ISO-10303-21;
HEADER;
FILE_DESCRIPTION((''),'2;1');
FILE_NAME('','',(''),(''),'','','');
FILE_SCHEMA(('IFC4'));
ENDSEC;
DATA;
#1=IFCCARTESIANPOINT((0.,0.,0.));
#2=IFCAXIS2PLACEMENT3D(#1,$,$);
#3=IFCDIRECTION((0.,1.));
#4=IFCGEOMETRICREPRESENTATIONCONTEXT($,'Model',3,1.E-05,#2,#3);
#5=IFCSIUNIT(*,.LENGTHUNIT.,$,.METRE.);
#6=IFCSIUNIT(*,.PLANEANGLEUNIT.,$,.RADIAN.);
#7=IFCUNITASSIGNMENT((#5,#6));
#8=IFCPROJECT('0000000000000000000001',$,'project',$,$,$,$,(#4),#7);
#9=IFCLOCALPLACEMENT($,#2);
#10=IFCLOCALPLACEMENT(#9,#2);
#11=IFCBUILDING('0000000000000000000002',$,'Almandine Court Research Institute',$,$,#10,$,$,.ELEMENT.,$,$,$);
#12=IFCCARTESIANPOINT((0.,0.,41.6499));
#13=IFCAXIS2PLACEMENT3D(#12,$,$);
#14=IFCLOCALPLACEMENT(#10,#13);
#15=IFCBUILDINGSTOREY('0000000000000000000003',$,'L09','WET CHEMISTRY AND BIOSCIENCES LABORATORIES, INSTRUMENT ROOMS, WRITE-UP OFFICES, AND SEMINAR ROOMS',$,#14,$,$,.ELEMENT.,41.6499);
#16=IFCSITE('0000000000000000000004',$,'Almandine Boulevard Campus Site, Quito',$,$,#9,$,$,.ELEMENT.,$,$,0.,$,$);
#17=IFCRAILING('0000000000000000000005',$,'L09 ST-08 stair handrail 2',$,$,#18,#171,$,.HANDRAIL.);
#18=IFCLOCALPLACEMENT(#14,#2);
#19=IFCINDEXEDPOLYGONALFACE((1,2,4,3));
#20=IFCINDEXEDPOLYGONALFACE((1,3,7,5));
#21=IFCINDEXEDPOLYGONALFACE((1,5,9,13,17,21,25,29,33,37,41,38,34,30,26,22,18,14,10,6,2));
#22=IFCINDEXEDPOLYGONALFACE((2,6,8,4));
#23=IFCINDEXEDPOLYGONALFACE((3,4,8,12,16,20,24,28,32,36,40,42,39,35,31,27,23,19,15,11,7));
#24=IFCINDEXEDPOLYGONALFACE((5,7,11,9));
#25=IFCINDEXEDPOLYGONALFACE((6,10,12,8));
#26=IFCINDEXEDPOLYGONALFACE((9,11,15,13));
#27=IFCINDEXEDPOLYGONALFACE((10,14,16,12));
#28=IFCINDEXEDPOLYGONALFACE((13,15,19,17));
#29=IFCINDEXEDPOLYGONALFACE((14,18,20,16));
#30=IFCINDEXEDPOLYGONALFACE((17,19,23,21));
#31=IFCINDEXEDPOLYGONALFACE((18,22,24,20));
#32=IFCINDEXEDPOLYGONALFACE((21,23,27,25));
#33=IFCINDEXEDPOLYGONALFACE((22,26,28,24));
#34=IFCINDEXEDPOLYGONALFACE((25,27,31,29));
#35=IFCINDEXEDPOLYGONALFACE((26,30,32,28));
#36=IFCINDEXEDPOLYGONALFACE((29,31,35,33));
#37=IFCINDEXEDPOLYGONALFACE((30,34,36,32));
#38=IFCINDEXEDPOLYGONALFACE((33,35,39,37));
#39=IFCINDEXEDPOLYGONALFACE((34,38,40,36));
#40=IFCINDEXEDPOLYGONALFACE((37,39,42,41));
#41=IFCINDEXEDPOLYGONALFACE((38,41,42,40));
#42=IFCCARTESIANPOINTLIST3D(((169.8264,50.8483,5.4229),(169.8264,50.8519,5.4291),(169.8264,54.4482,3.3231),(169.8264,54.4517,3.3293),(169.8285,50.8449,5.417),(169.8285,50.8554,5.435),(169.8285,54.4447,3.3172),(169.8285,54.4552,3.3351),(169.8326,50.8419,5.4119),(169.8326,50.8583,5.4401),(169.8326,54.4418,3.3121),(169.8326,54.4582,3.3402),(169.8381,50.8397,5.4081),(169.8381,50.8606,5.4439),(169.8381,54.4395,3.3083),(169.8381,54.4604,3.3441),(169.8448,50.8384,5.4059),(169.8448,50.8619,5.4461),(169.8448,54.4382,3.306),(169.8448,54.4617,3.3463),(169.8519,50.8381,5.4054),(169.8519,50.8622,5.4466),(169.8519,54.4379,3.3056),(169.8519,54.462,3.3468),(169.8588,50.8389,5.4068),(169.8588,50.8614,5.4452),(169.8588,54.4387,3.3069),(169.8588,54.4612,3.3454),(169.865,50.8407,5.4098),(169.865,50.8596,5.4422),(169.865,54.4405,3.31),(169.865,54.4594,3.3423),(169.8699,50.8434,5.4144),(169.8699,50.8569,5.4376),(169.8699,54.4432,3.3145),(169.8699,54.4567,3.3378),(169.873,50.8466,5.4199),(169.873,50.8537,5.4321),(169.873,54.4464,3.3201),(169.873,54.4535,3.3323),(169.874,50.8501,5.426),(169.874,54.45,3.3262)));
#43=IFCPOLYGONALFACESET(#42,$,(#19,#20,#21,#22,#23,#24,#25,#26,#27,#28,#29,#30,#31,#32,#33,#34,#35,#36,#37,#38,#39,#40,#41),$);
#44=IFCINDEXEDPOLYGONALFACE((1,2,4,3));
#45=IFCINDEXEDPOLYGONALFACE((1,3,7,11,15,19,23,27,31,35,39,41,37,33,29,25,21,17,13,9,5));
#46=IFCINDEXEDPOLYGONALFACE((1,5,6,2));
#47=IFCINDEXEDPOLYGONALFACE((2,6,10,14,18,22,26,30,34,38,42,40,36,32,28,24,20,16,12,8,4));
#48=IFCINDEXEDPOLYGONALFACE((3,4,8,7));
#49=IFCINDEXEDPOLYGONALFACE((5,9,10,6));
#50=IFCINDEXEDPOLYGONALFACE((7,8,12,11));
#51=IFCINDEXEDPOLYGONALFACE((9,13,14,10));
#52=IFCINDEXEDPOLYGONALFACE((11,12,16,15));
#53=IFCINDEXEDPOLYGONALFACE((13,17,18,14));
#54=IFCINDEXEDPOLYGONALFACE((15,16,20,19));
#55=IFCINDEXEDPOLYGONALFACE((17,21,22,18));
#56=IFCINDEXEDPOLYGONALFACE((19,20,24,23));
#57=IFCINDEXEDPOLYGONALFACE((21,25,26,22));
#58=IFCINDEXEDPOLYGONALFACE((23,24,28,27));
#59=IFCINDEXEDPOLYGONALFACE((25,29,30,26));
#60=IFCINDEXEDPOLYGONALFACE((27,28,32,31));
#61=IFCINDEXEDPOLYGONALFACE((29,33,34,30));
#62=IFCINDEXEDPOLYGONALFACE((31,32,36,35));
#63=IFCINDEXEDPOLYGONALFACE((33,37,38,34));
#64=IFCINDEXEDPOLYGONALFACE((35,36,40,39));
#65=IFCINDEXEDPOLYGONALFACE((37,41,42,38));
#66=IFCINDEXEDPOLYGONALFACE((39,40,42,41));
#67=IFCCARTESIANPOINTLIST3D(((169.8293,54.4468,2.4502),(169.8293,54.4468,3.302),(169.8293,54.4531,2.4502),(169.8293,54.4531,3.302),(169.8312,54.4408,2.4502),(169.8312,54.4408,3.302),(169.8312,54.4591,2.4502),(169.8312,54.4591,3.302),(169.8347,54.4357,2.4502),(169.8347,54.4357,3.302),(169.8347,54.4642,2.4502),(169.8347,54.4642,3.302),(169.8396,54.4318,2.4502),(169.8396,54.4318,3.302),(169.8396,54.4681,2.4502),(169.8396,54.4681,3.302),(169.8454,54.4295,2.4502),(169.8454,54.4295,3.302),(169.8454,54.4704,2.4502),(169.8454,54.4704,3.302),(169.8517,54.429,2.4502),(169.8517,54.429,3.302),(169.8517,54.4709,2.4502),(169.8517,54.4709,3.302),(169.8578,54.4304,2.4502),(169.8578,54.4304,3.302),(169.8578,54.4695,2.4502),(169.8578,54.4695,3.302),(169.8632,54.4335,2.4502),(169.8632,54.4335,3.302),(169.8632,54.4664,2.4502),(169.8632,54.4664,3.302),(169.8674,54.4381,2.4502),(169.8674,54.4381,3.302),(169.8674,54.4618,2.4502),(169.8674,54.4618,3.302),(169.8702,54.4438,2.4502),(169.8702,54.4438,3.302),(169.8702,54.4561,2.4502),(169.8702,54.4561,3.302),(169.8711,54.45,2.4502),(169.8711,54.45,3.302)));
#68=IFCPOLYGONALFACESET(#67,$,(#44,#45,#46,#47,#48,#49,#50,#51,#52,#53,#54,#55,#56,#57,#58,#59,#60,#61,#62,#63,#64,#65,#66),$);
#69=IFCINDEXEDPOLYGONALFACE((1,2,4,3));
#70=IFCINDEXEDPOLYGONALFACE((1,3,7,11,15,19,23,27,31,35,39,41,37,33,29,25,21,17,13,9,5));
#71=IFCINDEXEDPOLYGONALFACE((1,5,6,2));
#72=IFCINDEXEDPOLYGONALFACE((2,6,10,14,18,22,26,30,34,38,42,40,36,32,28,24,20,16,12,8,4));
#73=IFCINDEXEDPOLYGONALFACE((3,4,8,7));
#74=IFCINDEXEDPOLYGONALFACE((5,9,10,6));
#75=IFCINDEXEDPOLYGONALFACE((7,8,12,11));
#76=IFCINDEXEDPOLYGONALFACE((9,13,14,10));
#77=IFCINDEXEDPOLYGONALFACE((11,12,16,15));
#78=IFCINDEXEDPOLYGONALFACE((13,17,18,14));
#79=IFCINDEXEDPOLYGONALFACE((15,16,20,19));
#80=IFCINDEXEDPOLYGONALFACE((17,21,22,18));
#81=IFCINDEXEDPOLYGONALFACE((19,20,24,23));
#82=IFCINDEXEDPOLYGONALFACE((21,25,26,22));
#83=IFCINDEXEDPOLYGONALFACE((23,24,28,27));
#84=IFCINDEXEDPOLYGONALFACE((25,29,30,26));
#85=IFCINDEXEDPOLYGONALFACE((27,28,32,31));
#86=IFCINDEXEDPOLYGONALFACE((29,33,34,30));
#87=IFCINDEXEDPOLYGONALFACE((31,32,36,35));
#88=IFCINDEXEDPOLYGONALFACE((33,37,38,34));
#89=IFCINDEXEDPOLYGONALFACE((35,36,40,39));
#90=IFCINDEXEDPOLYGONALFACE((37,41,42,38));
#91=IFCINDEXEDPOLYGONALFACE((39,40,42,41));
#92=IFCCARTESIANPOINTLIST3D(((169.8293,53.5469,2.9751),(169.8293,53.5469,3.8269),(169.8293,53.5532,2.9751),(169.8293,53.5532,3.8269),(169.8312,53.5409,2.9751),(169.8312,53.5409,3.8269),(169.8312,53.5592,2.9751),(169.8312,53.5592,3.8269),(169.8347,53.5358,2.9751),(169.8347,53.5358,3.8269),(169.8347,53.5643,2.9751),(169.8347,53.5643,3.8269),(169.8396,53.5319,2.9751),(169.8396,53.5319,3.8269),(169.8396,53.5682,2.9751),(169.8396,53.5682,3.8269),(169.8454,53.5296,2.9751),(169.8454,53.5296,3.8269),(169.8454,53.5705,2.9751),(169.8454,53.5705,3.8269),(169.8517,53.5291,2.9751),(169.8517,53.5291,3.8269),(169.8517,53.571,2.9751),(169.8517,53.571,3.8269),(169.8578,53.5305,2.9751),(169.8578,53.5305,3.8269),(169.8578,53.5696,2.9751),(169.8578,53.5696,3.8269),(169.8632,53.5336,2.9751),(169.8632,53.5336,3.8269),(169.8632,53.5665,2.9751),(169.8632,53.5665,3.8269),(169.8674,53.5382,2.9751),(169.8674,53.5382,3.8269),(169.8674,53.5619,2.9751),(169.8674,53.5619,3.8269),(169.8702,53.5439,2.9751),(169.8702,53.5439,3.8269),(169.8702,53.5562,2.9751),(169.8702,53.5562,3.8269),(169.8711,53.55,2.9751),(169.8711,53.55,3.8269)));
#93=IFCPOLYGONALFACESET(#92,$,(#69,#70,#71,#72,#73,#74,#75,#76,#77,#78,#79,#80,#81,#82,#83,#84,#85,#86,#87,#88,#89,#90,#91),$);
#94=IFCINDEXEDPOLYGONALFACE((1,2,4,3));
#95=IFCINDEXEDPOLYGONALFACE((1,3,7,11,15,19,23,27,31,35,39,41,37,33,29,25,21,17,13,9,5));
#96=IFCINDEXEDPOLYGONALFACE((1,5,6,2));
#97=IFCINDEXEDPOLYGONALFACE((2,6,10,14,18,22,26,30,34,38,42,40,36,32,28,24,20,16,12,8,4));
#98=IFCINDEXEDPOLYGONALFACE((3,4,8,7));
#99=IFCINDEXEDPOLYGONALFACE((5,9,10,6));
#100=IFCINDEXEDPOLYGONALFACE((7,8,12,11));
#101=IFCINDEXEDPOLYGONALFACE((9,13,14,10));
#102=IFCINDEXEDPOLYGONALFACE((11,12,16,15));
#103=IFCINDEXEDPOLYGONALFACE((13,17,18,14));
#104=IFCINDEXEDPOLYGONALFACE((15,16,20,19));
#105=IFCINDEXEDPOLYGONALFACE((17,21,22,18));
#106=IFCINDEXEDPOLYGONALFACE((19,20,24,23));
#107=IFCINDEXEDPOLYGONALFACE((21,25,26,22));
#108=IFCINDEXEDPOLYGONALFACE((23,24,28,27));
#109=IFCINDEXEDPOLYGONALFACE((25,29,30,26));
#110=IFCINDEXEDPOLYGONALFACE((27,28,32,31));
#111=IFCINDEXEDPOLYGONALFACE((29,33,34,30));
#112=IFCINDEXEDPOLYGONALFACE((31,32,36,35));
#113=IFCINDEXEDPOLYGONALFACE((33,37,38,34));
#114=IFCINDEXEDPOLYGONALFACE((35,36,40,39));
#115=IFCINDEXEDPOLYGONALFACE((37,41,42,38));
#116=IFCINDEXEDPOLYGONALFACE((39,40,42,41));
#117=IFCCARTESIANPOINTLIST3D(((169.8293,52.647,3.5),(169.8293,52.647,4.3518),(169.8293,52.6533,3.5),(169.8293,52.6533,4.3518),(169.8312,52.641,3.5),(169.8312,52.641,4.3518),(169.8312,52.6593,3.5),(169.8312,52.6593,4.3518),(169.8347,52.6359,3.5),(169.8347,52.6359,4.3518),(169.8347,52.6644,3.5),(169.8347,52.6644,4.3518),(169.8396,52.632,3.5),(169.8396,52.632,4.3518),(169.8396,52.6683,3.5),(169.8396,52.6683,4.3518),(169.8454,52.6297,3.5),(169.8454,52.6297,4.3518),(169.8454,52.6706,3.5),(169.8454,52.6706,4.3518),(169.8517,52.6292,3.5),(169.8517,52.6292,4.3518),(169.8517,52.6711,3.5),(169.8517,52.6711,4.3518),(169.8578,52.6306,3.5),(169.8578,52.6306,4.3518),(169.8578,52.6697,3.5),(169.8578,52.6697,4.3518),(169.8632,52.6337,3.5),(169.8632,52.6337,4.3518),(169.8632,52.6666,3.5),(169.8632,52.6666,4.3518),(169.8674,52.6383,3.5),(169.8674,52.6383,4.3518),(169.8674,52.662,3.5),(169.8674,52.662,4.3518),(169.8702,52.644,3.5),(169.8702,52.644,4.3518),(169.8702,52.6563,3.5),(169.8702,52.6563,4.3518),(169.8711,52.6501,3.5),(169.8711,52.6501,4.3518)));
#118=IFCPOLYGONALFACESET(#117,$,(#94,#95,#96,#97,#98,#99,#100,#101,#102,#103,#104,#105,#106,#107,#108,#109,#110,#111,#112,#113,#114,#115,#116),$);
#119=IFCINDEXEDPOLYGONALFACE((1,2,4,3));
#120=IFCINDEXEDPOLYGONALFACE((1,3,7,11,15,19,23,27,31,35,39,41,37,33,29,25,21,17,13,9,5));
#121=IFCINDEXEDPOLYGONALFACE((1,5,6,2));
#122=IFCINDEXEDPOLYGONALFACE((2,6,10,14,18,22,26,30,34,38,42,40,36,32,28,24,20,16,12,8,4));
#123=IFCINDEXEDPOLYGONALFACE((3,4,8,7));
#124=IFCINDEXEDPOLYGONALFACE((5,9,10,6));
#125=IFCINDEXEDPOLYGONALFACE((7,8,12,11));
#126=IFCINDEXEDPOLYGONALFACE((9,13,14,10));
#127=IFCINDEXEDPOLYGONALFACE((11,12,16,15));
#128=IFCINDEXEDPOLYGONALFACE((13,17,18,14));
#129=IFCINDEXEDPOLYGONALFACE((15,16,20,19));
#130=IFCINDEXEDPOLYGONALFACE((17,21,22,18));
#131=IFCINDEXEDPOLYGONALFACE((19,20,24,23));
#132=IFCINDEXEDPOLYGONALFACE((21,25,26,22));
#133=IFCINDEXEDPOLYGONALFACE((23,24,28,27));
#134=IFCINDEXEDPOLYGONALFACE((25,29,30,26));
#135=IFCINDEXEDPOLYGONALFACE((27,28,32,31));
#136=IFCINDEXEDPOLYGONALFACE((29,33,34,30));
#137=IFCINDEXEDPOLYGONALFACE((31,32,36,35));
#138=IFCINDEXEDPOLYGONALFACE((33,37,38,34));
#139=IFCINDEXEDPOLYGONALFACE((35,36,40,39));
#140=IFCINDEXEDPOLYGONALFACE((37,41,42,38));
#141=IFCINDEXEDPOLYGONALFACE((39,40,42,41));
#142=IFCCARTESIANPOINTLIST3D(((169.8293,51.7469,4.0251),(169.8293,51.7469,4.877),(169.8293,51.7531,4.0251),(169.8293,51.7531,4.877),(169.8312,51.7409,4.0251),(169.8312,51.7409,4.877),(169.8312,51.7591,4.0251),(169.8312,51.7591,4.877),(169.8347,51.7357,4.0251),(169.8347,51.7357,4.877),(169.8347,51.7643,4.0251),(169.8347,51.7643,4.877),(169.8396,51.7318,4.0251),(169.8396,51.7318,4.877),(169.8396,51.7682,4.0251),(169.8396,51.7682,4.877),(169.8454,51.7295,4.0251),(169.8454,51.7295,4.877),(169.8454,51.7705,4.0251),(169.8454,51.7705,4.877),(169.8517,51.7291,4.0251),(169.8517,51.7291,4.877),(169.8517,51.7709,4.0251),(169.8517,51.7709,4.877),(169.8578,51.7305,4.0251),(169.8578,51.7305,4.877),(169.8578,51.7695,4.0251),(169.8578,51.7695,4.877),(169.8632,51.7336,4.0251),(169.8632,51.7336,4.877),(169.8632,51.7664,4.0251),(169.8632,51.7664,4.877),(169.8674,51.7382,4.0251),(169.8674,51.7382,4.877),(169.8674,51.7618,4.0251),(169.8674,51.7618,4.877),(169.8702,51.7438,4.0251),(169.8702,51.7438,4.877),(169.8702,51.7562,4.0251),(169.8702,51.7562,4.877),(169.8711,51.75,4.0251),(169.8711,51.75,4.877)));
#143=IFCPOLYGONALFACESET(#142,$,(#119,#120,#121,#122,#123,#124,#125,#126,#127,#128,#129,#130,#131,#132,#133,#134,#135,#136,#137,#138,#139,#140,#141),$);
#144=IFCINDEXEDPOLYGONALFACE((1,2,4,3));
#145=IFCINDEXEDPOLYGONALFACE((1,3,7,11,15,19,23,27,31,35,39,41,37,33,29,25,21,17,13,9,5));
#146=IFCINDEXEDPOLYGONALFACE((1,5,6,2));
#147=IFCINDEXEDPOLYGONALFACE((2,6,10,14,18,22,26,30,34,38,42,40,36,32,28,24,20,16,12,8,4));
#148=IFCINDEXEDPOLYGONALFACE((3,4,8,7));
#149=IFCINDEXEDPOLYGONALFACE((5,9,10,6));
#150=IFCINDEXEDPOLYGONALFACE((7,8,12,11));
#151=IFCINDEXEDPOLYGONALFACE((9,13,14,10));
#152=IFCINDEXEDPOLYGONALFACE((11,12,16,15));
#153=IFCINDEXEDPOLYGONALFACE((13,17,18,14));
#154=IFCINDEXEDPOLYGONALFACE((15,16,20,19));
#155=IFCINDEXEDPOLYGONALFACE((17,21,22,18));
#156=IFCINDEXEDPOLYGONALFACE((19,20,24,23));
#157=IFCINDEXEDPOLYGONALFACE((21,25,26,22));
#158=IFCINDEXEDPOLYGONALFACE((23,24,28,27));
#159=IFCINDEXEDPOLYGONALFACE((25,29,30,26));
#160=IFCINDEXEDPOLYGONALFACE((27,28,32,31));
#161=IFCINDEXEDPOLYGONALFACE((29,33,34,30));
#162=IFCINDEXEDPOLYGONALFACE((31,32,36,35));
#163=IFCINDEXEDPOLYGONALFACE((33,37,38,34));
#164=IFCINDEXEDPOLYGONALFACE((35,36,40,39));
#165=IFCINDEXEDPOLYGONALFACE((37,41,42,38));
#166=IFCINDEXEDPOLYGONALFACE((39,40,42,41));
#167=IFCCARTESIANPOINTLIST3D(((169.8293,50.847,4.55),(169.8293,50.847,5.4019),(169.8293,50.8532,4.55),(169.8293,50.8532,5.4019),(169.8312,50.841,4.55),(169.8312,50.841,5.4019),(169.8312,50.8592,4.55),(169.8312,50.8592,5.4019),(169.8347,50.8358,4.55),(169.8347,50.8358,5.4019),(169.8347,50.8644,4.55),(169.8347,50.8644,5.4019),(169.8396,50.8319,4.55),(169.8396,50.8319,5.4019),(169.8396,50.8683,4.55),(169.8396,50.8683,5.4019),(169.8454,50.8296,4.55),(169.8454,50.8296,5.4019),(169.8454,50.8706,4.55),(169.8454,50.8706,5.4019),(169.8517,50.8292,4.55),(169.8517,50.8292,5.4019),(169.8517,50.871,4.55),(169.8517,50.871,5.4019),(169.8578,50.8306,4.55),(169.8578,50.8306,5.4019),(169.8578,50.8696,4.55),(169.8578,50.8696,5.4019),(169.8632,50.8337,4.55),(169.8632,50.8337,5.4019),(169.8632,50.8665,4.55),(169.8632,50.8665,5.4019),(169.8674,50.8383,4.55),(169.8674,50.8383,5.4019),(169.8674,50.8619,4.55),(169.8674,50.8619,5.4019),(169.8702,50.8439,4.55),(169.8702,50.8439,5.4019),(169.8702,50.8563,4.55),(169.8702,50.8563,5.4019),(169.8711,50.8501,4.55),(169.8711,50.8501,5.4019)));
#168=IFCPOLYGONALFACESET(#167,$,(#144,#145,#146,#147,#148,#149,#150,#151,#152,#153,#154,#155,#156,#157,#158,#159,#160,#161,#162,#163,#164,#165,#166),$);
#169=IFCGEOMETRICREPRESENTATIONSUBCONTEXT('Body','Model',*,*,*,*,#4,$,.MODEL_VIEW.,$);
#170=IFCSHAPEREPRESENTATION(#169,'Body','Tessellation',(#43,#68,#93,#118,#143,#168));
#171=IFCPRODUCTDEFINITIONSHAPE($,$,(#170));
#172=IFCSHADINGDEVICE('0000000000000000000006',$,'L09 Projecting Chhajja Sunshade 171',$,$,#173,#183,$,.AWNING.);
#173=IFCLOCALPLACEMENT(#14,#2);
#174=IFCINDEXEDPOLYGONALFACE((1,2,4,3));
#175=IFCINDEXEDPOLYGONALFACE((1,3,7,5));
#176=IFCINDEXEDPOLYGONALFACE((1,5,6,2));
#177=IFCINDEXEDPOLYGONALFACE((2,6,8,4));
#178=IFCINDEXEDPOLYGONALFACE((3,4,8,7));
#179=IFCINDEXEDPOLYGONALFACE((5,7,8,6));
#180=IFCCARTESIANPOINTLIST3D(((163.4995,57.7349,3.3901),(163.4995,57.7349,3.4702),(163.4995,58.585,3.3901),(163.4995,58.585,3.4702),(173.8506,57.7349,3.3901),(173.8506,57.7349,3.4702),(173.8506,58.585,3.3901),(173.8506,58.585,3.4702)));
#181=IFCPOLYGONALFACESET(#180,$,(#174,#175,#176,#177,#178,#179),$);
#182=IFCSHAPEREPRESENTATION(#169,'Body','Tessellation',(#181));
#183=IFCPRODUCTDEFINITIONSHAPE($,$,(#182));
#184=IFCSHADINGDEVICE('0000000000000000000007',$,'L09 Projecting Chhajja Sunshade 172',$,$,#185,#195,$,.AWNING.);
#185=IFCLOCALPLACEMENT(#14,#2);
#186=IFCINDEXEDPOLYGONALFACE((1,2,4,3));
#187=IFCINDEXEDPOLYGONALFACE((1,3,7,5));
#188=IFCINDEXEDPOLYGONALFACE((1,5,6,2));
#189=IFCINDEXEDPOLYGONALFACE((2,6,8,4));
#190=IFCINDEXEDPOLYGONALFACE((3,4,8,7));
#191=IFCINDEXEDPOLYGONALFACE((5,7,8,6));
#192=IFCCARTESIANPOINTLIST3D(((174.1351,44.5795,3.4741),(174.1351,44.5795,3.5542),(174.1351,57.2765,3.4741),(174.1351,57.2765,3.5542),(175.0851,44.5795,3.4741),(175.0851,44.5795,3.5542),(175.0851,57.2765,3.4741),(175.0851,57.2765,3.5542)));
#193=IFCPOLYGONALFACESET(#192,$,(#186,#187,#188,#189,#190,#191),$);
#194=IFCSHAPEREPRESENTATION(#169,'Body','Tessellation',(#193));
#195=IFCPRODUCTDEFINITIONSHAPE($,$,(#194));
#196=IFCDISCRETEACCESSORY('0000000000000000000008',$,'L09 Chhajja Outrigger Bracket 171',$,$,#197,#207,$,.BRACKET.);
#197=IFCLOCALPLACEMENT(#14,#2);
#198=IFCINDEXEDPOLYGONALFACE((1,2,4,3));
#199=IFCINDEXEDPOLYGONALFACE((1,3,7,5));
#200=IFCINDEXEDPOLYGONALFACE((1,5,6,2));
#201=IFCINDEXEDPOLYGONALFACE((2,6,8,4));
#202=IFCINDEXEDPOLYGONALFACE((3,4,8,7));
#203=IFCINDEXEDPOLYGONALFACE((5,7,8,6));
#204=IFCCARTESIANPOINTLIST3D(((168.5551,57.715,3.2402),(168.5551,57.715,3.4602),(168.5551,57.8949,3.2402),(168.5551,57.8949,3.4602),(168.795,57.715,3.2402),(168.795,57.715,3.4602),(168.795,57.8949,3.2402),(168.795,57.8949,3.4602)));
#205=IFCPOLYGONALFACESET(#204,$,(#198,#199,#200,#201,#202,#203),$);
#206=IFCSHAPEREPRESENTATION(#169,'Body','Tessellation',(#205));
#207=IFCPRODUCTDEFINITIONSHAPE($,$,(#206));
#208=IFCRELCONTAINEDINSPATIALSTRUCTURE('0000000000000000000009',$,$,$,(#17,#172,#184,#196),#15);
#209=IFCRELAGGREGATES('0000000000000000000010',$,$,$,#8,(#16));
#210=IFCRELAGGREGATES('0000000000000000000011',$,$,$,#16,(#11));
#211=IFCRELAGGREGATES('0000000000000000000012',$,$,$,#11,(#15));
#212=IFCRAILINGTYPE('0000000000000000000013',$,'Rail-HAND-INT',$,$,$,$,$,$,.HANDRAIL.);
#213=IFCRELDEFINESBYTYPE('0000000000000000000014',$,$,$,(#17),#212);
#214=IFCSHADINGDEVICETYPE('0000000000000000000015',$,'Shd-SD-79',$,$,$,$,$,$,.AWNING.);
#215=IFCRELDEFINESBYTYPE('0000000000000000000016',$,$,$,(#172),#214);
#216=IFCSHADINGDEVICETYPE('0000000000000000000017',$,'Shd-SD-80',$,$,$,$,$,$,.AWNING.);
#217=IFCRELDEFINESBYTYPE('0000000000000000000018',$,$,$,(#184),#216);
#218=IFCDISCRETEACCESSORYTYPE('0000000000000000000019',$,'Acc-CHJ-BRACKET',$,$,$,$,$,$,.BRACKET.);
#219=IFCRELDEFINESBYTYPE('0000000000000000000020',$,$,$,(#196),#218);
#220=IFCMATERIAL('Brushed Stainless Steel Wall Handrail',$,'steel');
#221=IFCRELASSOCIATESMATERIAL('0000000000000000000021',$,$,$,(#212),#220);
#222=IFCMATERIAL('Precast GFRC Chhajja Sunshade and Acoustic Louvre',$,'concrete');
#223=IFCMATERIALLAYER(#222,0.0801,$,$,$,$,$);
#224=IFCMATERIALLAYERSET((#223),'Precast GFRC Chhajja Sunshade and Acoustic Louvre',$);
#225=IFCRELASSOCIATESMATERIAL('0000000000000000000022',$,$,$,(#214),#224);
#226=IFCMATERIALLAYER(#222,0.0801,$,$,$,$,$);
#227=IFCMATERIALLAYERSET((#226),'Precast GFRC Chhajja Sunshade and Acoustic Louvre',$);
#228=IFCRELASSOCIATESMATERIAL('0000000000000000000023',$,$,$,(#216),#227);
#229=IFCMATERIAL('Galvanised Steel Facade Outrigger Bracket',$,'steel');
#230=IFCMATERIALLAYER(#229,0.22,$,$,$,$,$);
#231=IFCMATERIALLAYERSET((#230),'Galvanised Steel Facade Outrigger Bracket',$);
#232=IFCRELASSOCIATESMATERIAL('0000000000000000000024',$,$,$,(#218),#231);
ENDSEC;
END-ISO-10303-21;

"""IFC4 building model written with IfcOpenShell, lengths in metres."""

from ifc_helpers import new_model, si_unit, direction, frame, origin, origin_2d, place, context, subcontext, project, spatial, rectangle, circle, extrude, material, layer, layer_set, type_object, element, save


model = new_model("IFC4")

# Units and contexts
model_context = context("Model", 3, precision=1e-05, world=origin(), true_north=direction((0.0, 1.0)))
body_context = subcontext(model_context, "Body", "Model", "MODEL_VIEW")
ifc_project = project(units=[si_unit("LENGTHUNIT", "METRE"), si_unit("PLANEANGLEUNIT", "RADIAN")], contexts=[model_context])

# Site, building, storey
site_placement = place(None, origin())
site = spatial("IfcSite", under=ifc_project, at=site_placement, Name="Almandine Boulevard Campus Site, Quito", CompositionType="ELEMENT", RefElevation=0.0)
building_placement = place(site_placement, origin())
building = spatial("IfcBuilding", under=site, at=building_placement, Name="Almandine Court Research Institute", CompositionType="ELEMENT")
storey_placement = place(building_placement, frame((0.0, 0.0, 41.6499)))
storey = spatial("IfcBuildingStorey", under=building, at=storey_placement, Name="L09", Description="WET CHEMISTRY AND BIOSCIENCES LABORATORIES, INSTRUMENT ROOMS, WRITE-UP OFFICES, AND SEMINAR ROOMS", CompositionType="ELEMENT", Elevation=41.6499)

# Railing
ifc_material_1 = material(Name="Brushed Stainless Steel Wall Handrail", Category="steel")
railing_type_1 = type_object("IfcRailingType", Name="Rail-HAND-INT", PredefinedType="HANDRAIL", material=ifc_material_1)
railing_1_placement = place(storey_placement, frame((169.8501, 54.45, 2.4502)))
element("IfcRailing", 1, at=railing_1_placement, inside=storey, type_object=railing_type_1, Name="L09 ST-08 stair handrail 2", PredefinedType="HANDRAIL", context=body_context, shape_type="SweptSolid", body=[
    extrude(circle(Radius=0.0239, at=origin_2d()), frame((0.0, 0.0, 0.876), z_axis=(0.0, -0.863785, 0.50386), x_axis=(1.0, 0.0, 0.0)), (0.0, 0.0, 1.0), 4.1675),
    extrude(circle(Radius=0.021, at=origin_2d()), origin(), (0.0, 0.0, 1.0), 0.8518),
    extrude(circle(Radius=0.021, at=origin_2d()), frame((0.0, -0.8999, 0.5249)), (0.0, 0.0, 1.0), 0.8518),
    extrude(circle(Radius=0.021, at=origin_2d()), frame((0.0, -1.7998, 1.0498)), (0.0, 0.0, 1.0), 0.8518),
    extrude(circle(Radius=0.021, at=origin_2d()), frame((0.0, -2.7, 1.575)), (0.0, 0.0, 1.0), 0.8518),
    extrude(circle(Radius=0.021, at=origin_2d()), frame((0.0, -3.5999, 2.0999)), (0.0, 0.0, 1.0), 0.8518),
])

# Shading devices
ifc_material_2 = material(Name="Precast GFRC Chhajja Sunshade and Acoustic Louvre", Category="concrete")
ifc_layer_1 = layer(ifc_material_2, 0.0801)
ifc_layer_set_1 = layer_set([ifc_layer_1], Name="Precast GFRC Chhajja Sunshade and Acoustic Louvre")
shading_device_type_1 = type_object("IfcShadingDeviceType", Name="Shd-SD-79", PredefinedType="AWNING", material=ifc_layer_set_1)
shading_device_1_placement = place(storey_placement, frame((168.675, 58.1599, 3.3901), z_axis=(0.0, 0.0, 1.0), x_axis=(1.0, 0.0, 0.0)))
element("IfcShadingDevice", 2, at=shading_device_1_placement, inside=storey, type_object=shading_device_type_1, Name="L09 Projecting Chhajja Sunshade 171", PredefinedType="AWNING", context=body_context, shape_type="SweptSolid", body=[
    extrude(rectangle(XDim=10.3511, YDim=0.8501, at=origin_2d()), origin(), (0.0, 0.0, 1.0), 0.0801),
])
ifc_layer_2 = layer(ifc_material_2, 0.0801)
ifc_layer_set_2 = layer_set([ifc_layer_2], Name="Precast GFRC Chhajja Sunshade and Acoustic Louvre")
shading_device_type_2 = type_object("IfcShadingDeviceType", Name="Shd-SD-80", PredefinedType="AWNING", material=ifc_layer_set_2)
shading_device_2_placement = place(storey_placement, frame((174.6101, 50.928, 3.4741), z_axis=(0.0, 0.0, 1.0), x_axis=(0.0, -1.0, 0.0)))
element("IfcShadingDevice", 3, at=shading_device_2_placement, inside=storey, type_object=shading_device_type_2, Name="L09 Projecting Chhajja Sunshade 172", PredefinedType="AWNING", context=body_context, shape_type="SweptSolid", body=[
    extrude(rectangle(XDim=12.697, YDim=0.95, at=origin_2d()), origin(), (0.0, 0.0, 1.0), 0.0801),
])

# Discrete accessory
ifc_material_3 = material(Name="Galvanised Steel Facade Outrigger Bracket", Category="steel")
ifc_layer_3 = layer(ifc_material_3, 0.22)
ifc_layer_set_3 = layer_set([ifc_layer_3], Name="Galvanised Steel Facade Outrigger Bracket")
discrete_accessory_type = type_object("IfcDiscreteAccessoryType", Name="Acc-CHJ-BRACKET", PredefinedType="BRACKET", material=ifc_layer_set_3)
for number, where, z_axis, x_axis, name in (
    (4, (168.675, 57.8049, 3.2402), (0.0, 0.0, 1.0), (1.0, 0.0, 0.0), "L09 Chhajja Outrigger Bracket 171"),
):
    element("IfcDiscreteAccessory", number, at=place(storey_placement, frame(where, z_axis=z_axis, x_axis=x_axis)), inside=storey, type_object=discrete_accessory_type, Name=name, PredefinedType="BRACKET", context=body_context, shape_type="SweptSolid", body=[
        extrude(rectangle(XDim=0.24, YDim=0.1799, at=origin_2d()), origin(), (0.0, 0.0, 1.0), 0.22),
    ])

save(model, "model.ifc")
